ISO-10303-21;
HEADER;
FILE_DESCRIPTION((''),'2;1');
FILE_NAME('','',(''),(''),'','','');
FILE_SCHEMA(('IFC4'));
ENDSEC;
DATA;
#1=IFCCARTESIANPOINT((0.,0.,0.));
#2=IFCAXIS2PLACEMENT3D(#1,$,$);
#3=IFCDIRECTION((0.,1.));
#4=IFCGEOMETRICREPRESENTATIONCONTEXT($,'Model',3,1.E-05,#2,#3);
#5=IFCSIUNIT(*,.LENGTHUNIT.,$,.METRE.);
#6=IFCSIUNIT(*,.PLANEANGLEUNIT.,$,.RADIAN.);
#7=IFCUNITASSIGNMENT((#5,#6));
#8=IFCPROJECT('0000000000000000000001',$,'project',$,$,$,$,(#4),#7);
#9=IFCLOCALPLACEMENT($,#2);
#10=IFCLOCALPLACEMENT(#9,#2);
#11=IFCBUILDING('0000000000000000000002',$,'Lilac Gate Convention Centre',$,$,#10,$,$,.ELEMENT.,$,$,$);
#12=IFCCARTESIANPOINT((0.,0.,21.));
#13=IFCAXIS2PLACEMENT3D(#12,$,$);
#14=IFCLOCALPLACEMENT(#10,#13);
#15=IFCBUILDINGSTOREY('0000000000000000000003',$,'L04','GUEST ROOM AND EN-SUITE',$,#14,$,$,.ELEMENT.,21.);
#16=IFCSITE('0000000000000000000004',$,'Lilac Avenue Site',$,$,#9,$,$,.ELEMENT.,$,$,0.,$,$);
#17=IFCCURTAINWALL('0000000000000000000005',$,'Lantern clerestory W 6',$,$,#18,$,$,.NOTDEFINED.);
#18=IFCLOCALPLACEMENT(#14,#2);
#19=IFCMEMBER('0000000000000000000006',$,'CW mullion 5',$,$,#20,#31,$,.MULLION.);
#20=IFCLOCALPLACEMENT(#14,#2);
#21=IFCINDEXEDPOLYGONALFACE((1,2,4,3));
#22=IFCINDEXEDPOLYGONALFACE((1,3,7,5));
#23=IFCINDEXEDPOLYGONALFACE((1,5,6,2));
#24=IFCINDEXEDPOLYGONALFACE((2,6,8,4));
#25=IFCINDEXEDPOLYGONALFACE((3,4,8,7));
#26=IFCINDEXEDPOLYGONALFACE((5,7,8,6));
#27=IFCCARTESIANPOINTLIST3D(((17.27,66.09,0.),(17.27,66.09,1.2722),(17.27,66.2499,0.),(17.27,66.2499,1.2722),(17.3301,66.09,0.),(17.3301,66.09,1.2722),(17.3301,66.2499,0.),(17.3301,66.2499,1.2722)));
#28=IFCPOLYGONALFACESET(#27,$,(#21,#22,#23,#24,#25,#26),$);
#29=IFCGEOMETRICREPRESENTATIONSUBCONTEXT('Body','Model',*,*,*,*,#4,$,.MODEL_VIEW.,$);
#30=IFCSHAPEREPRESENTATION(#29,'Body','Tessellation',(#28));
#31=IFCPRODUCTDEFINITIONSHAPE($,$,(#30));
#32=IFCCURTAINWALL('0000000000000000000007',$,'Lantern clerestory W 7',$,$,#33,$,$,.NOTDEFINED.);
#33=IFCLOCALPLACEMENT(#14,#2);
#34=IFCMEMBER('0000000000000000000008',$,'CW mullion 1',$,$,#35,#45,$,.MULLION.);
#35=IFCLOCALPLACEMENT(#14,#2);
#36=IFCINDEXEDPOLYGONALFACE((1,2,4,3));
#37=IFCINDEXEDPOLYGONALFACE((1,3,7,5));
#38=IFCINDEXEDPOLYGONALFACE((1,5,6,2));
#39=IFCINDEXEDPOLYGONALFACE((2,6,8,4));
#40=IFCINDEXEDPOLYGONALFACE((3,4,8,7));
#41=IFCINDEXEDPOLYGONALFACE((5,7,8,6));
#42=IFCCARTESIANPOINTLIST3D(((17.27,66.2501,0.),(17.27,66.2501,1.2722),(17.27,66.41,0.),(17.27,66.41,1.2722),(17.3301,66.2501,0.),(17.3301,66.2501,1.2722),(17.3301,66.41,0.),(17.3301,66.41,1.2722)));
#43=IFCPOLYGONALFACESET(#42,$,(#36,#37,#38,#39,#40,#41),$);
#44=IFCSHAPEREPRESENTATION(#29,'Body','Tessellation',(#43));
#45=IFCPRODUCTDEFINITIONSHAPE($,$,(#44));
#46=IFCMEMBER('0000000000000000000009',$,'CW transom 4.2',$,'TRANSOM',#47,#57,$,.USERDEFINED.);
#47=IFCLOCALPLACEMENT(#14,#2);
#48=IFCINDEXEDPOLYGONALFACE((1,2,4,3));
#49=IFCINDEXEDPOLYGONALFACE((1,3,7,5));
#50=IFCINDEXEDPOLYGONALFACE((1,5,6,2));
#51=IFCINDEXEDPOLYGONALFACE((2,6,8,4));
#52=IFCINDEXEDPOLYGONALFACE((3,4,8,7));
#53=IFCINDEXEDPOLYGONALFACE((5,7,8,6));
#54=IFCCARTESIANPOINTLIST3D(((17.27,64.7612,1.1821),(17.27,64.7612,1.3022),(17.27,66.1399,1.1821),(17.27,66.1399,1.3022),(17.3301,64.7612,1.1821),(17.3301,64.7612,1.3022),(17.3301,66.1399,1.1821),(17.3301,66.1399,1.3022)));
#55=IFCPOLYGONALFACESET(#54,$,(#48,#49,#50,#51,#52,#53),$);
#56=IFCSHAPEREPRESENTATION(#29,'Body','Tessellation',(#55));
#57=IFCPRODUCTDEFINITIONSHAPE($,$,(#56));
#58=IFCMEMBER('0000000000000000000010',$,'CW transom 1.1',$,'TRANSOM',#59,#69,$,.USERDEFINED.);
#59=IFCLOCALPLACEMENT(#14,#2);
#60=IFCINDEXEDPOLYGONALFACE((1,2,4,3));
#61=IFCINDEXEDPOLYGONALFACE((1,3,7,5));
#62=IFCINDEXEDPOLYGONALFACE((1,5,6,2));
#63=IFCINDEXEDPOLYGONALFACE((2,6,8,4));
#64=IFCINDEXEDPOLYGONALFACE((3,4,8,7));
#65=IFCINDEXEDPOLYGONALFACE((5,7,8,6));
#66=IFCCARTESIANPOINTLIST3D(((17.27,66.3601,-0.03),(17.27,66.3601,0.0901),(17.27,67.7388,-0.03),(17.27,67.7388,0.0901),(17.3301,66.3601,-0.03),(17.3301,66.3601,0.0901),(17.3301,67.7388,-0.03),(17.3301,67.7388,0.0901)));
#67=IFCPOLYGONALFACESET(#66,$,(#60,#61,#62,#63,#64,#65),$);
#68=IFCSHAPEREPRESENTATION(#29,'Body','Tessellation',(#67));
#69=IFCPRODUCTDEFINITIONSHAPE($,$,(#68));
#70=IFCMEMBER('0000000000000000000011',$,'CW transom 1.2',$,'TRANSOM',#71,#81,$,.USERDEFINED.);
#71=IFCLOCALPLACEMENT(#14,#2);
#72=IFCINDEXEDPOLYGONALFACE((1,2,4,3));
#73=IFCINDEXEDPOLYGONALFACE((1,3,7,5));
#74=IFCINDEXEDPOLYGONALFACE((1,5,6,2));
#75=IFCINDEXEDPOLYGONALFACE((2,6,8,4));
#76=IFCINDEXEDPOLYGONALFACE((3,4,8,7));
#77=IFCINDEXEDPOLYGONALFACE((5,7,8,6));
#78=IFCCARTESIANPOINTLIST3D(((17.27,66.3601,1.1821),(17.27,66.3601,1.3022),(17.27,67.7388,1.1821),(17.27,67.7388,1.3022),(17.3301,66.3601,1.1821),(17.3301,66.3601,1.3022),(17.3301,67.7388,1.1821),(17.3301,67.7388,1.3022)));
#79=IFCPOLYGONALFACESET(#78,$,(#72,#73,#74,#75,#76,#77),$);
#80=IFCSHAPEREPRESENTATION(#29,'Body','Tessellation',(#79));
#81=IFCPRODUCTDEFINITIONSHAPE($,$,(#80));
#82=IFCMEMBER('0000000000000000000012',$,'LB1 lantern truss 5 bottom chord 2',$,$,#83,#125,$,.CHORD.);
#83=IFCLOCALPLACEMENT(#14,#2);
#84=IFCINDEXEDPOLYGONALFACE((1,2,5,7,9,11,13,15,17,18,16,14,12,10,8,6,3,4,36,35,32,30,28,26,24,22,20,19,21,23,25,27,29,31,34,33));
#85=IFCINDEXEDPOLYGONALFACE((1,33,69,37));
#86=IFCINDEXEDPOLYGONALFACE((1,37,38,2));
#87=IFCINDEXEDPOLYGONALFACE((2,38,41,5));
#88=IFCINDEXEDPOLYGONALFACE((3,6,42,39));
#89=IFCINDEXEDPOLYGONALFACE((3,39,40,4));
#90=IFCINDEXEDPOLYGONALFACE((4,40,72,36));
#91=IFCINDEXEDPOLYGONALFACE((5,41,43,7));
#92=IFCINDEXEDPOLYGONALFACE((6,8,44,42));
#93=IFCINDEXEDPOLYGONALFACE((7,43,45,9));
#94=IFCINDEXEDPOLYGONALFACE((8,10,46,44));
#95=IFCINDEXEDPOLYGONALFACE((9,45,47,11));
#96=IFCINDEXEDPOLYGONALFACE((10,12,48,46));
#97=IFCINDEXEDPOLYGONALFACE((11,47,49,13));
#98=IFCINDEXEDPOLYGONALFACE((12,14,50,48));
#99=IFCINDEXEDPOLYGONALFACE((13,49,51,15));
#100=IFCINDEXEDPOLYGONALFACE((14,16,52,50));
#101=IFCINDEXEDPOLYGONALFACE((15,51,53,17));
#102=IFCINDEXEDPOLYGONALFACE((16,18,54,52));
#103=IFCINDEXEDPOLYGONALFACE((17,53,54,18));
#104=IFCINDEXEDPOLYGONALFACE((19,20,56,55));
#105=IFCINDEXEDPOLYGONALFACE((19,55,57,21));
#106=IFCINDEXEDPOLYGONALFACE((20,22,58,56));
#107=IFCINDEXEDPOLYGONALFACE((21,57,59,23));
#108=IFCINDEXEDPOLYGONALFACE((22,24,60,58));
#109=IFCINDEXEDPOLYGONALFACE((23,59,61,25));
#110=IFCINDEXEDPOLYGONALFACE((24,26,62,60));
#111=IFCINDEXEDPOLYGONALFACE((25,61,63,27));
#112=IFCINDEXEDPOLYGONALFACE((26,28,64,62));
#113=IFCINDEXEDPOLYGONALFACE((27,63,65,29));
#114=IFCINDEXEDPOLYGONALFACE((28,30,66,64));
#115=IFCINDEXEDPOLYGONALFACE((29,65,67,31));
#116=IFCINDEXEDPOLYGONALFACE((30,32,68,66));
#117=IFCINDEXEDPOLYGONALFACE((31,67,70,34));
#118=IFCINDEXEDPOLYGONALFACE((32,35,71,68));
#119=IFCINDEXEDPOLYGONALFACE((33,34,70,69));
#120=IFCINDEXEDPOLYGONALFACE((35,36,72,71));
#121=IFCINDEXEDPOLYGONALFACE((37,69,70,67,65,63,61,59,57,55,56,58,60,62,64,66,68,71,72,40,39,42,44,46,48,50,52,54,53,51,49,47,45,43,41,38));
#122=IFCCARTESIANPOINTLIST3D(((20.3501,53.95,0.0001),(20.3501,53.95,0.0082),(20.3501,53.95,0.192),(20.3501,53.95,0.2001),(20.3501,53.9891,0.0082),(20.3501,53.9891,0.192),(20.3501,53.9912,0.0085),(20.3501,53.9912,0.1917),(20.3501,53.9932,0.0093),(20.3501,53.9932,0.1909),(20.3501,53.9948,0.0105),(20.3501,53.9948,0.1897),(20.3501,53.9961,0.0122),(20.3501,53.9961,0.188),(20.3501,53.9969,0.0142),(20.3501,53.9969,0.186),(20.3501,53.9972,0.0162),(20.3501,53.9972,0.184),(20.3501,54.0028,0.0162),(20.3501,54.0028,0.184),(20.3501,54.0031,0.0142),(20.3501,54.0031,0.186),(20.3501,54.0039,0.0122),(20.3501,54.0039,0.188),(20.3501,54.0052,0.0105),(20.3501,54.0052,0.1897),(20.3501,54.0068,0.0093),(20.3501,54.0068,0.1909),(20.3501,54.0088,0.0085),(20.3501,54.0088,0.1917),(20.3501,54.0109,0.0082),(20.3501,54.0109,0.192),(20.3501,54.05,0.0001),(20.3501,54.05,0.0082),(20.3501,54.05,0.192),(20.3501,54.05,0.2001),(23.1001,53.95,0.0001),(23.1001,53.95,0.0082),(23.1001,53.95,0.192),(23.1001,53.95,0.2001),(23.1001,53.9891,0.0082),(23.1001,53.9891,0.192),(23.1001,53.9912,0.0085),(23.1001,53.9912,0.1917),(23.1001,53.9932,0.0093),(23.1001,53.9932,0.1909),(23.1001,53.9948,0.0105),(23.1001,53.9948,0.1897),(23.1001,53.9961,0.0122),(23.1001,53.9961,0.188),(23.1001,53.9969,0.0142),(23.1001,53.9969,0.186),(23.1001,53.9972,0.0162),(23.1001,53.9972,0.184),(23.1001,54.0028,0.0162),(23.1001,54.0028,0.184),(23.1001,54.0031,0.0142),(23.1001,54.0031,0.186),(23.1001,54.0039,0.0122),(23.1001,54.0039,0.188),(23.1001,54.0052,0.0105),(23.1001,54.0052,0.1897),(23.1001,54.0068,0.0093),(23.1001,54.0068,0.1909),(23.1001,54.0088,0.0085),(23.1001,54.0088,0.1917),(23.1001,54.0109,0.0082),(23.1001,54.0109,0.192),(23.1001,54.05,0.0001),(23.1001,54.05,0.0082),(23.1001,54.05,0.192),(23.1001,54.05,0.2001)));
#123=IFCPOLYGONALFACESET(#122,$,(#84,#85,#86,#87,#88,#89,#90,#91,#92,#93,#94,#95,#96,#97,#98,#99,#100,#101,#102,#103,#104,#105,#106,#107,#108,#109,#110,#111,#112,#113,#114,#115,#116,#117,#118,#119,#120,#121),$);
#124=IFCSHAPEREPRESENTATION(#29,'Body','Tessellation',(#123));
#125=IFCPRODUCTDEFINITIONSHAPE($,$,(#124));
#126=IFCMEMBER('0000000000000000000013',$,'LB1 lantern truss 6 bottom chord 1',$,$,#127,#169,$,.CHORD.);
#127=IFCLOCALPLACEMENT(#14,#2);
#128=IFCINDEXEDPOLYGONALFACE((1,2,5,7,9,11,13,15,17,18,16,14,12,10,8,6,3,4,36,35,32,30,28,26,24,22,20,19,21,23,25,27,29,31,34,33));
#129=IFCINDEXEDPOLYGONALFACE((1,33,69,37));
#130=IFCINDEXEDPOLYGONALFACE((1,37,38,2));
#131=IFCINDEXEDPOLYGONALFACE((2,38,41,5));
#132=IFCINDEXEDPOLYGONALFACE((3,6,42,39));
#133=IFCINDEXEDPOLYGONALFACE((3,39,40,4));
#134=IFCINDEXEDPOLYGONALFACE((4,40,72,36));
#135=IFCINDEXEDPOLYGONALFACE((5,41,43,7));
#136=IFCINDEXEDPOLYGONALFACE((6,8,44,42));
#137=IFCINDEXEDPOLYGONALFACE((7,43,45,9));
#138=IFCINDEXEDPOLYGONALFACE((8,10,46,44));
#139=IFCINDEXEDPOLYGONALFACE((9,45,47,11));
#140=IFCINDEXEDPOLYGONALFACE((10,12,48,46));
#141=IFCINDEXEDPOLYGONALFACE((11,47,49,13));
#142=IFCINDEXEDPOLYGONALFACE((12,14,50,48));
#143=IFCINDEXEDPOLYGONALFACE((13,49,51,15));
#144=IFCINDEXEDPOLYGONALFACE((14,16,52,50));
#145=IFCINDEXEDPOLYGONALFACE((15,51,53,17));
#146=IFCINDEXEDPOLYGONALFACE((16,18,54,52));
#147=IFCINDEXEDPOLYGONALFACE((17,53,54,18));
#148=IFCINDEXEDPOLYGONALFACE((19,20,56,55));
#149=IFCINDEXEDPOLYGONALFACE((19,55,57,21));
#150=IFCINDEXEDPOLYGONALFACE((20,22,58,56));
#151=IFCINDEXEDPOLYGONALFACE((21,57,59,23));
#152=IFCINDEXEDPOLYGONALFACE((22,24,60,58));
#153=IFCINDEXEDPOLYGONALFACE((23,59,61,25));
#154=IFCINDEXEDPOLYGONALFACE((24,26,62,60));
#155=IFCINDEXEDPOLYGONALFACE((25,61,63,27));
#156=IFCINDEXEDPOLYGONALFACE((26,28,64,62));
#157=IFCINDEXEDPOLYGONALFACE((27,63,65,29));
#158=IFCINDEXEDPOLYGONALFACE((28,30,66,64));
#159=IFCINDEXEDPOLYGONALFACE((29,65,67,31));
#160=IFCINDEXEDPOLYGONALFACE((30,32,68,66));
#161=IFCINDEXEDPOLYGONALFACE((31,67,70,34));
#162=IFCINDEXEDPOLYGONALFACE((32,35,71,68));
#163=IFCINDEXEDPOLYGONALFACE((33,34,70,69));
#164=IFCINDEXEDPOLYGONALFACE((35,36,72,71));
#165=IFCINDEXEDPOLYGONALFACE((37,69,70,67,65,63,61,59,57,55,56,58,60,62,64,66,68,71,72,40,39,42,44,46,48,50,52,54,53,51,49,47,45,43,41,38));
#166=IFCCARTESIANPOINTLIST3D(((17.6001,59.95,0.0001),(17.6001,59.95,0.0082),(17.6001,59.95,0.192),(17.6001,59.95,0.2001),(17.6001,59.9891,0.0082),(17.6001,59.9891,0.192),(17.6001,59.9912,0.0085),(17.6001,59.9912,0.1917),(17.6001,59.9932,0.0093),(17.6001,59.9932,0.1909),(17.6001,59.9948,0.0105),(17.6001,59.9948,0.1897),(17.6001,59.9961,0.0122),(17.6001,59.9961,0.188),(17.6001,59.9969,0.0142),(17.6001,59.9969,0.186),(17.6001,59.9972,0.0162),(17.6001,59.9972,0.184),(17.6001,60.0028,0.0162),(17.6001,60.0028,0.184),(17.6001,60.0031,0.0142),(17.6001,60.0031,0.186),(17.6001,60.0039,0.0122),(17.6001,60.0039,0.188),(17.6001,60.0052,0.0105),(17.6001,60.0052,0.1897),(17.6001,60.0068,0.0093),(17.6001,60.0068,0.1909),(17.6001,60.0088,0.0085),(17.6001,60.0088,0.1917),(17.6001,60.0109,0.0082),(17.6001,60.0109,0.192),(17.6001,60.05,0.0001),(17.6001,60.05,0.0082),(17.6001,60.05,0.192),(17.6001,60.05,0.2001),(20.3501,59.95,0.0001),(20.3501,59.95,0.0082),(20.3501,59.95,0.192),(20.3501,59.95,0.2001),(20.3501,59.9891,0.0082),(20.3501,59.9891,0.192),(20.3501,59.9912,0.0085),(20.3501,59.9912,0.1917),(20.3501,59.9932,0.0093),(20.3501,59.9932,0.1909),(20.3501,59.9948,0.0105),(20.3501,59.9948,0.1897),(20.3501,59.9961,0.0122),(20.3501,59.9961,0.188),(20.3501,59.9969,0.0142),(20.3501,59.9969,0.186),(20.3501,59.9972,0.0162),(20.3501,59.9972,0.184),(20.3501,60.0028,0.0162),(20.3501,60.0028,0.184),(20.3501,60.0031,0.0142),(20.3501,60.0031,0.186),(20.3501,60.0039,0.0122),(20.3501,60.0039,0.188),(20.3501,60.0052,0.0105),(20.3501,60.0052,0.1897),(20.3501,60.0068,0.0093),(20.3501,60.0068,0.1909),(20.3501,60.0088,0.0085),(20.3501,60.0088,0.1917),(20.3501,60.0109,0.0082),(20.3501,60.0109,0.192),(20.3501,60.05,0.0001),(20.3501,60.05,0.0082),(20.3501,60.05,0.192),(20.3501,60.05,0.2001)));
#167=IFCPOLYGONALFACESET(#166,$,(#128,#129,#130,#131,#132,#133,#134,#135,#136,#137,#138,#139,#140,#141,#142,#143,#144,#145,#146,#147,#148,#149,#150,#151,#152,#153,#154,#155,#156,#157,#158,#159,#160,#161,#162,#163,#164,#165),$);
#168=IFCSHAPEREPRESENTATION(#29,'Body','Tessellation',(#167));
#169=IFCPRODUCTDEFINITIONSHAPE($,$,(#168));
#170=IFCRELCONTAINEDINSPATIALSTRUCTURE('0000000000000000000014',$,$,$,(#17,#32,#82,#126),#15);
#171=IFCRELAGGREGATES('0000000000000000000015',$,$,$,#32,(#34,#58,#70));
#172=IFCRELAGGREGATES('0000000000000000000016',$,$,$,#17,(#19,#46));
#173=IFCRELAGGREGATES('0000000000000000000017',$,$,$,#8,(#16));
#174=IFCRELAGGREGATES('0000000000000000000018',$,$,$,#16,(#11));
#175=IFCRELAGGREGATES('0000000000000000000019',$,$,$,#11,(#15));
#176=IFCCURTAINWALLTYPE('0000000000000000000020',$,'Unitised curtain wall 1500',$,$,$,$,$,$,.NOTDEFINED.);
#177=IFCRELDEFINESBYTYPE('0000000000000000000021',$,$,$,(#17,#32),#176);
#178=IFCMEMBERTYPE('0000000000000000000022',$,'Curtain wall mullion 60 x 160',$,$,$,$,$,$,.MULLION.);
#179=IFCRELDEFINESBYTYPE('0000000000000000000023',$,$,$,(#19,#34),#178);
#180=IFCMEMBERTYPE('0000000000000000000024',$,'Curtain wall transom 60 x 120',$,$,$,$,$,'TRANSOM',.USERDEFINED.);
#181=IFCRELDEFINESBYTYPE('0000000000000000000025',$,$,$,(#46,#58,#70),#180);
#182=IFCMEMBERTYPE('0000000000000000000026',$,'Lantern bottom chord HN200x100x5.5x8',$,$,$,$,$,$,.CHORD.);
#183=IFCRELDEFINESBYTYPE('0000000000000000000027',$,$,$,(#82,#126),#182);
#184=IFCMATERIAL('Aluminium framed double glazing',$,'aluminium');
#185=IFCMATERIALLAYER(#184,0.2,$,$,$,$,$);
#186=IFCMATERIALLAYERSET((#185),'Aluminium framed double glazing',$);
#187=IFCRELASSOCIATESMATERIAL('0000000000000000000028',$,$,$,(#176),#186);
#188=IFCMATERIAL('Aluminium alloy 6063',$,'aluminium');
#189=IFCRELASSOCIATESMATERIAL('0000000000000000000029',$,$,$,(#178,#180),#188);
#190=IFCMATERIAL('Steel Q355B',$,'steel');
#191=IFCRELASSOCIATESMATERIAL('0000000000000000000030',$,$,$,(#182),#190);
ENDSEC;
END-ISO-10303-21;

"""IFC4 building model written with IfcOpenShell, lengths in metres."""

from ifc_helpers import new_model, si_unit, direction, frame, origin, origin_2d, place, context, subcontext, project, spatial, rectangle, i_section, extrude, material, layer, layer_set, material_profile, profile_set, type_object, element, aggregate, save


model = new_model("IFC4")

# Units and contexts
model_context = context("Model", 3, precision=1e-05, world=origin(), true_north=direction((0.0, 1.0)))
body_context = subcontext(model_context, "Body", "Model", "MODEL_VIEW")
ifc_project = project(units=[si_unit("LENGTHUNIT", "METRE"), si_unit("PLANEANGLEUNIT", "RADIAN")], contexts=[model_context])

# Site, building, storey
site_placement = place(None, origin())
site = spatial("IfcSite", under=ifc_project, at=site_placement, Name="Lilac Avenue Site", CompositionType="ELEMENT", RefElevation=0.0)
building_placement = place(site_placement, origin())
building = spatial("IfcBuilding", under=site, at=building_placement, Name="Lilac Gate Convention Centre", CompositionType="ELEMENT")
storey_placement = place(building_placement, frame((0.0, 0.0, 21.0)))
storey = spatial("IfcBuildingStorey", under=building, at=storey_placement, Name="L04", Description="GUEST ROOM AND EN-SUITE", CompositionType="ELEMENT", Elevation=21.0)

# Curtain walls, members
ifc_material_1 = material(Name="Aluminium framed double glazing", Category="aluminium")
ifc_layer_1 = layer(ifc_material_1, 0.2)
ifc_layer_set_1 = layer_set([ifc_layer_1], Name="Aluminium framed double glazing")
curtain_wall_type = type_object("IfcCurtainWallType", Name="Unitised curtain wall 1500", PredefinedType="NOTDEFINED", material=ifc_layer_set_1)
curtain_wall_1_placement = place(storey_placement, origin())
curtain_wall_1 = element("IfcCurtainWall", 1, at=curtain_wall_1_placement, inside=storey, type_object=curtain_wall_type, Name="Lantern clerestory W 6", PredefinedType="NOTDEFINED")
ifc_material_2 = material(Name="Aluminium alloy 6063", Category="aluminium")
ifc_material_profile_1 = material_profile(ifc_material_2, rectangle(XDim=0.0601, YDim=0.1599, at=origin_2d()), Name="Curtain wall mullion 60 x 160")
ifc_profile_set_1 = profile_set([ifc_material_profile_1], Name="Aluminium alloy 6063")
member_type_1 = type_object("IfcMemberType", Name="Curtain wall mullion 60 x 160", PredefinedType="MULLION", material=ifc_profile_set_1)
member_1_placement = place(storey_placement, frame((17.3, 66.1699, 0.0), z_axis=(0.0, 0.0, 1.0), x_axis=(-1.0, 0.0, 0.0)))
member_1 = element("IfcMember", 2, at=member_1_placement, type_object=member_type_1, Name="CW mullion 5", PredefinedType="MULLION", context=body_context, shape_type="SweptSolid", body=[
    extrude(rectangle(XDim=0.0601, YDim=0.1599, at=origin_2d()), origin(), (0.0, 0.0, 1.0), 1.2722),
])
curtain_wall_2_placement = place(storey_placement, origin())
curtain_wall_2 = element("IfcCurtainWall", 3, at=curtain_wall_2_placement, inside=storey, type_object=curtain_wall_type, Name="Lantern clerestory W 7", PredefinedType="NOTDEFINED")
member_2_placement = place(storey_placement, frame((17.3, 66.3301, 0.0), z_axis=(0.0, 0.0, 1.0), x_axis=(-1.0, 0.0, 0.0)))
member_2 = element("IfcMember", 4, at=member_2_placement, type_object=member_type_1, Name="CW mullion 1", PredefinedType="MULLION", context=body_context, shape_type="SweptSolid", body=[
    extrude(rectangle(XDim=0.0601, YDim=0.1599, at=origin_2d()), origin(), (0.0, 0.0, 1.0), 1.2722),
])

# Members
ifc_material_profile_2 = material_profile(ifc_material_2, rectangle(XDim=0.0601, YDim=0.1201, at=origin_2d()), Name="Curtain wall transom 60 x 120")
ifc_profile_set_2 = profile_set([ifc_material_profile_2], Name="Aluminium alloy 6063")
member_type_2 = type_object("IfcMemberType", Name="Curtain wall transom 60 x 120", ElementType="TRANSOM", PredefinedType="USERDEFINED", material=ifc_profile_set_2)
member_3_placement = place(storey_placement, frame((17.3, 64.7612, 1.2422), z_axis=(0.0, 1.0, 0.0), x_axis=(-1.0, 0.0, 0.0)))
member_3 = element("IfcMember", 5, at=member_3_placement, type_object=member_type_2, Name="CW transom 4.2", ObjectType="TRANSOM", PredefinedType="USERDEFINED", context=body_context, shape_type="SweptSolid", body=[
    extrude(rectangle(XDim=0.0601, YDim=0.1201, at=origin_2d()), origin(), (0.0, 0.0, 1.0), 1.3787),
])
member_4_placement = place(storey_placement, frame((17.3, 66.3601, 0.03), z_axis=(0.0, 1.0, 0.0), x_axis=(-1.0, 0.0, 0.0)))
member_4 = element("IfcMember", 6, at=member_4_placement, type_object=member_type_2, Name="CW transom 1.1", ObjectType="TRANSOM", PredefinedType="USERDEFINED", context=body_context, shape_type="SweptSolid", body=[
    extrude(rectangle(XDim=0.0601, YDim=0.1201, at=origin_2d()), origin(), (0.0, 0.0, 1.0), 1.3787),
])
member_5_placement = place(storey_placement, frame((17.3, 66.3601, 1.2422), z_axis=(0.0, 1.0, 0.0), x_axis=(-1.0, 0.0, 0.0)))
member_5 = element("IfcMember", 7, at=member_5_placement, type_object=member_type_2, Name="CW transom 1.2", ObjectType="TRANSOM", PredefinedType="USERDEFINED", context=body_context, shape_type="SweptSolid", body=[
    extrude(rectangle(XDim=0.0601, YDim=0.1201, at=origin_2d()), origin(), (0.0, 0.0, 1.0), 1.3787),
])
aggregate(curtain_wall_2, [member_2, member_4, member_5])

# Members
ifc_material_3 = material(Name="Steel Q355B", Category="steel")
ifc_material_profile_3 = material_profile(ifc_material_3, i_section(OverallWidth=0.1001, OverallDepth=0.2, WebThickness=0.0056, FlangeThickness=0.0081, FilletRadius=0.0081, at=origin_2d()), Name="HN200x100x5.5x8")
ifc_profile_set_3 = profile_set([ifc_material_profile_3], Name="Steel Q355B")
member_type_3 = type_object("IfcMemberType", Name="Lantern bottom chord HN200x100x5.5x8", PredefinedType="CHORD", material=ifc_profile_set_3)
for number, where, z_axis, x_axis, name in (
    (8, (20.3501, 54.0, 0.1001), (1.0, 0.0, 0.0), (0.0, 1.0, 0.0), "LB1 lantern truss 5 bottom chord 2"),
    (9, (17.6001, 60.0, 0.1001), (1.0, 0.0, 0.0), (0.0, 1.0, 0.0), "LB1 lantern truss 6 bottom chord 1"),
):
    element("IfcMember", number, at=place(storey_placement, frame(where, z_axis=z_axis, x_axis=x_axis)), inside=storey, type_object=member_type_3, Name=name, PredefinedType="CHORD", context=body_context, shape_type="SweptSolid", body=[
        extrude(i_section(OverallWidth=0.1001, OverallDepth=0.2, WebThickness=0.0056, FlangeThickness=0.0081, FilletRadius=0.0081, at=origin_2d()), origin(), (0.0, 0.0, 1.0), 2.75),
    ])

aggregate(curtain_wall_1, [member_1, member_3])

save(model, "model.ifc")
